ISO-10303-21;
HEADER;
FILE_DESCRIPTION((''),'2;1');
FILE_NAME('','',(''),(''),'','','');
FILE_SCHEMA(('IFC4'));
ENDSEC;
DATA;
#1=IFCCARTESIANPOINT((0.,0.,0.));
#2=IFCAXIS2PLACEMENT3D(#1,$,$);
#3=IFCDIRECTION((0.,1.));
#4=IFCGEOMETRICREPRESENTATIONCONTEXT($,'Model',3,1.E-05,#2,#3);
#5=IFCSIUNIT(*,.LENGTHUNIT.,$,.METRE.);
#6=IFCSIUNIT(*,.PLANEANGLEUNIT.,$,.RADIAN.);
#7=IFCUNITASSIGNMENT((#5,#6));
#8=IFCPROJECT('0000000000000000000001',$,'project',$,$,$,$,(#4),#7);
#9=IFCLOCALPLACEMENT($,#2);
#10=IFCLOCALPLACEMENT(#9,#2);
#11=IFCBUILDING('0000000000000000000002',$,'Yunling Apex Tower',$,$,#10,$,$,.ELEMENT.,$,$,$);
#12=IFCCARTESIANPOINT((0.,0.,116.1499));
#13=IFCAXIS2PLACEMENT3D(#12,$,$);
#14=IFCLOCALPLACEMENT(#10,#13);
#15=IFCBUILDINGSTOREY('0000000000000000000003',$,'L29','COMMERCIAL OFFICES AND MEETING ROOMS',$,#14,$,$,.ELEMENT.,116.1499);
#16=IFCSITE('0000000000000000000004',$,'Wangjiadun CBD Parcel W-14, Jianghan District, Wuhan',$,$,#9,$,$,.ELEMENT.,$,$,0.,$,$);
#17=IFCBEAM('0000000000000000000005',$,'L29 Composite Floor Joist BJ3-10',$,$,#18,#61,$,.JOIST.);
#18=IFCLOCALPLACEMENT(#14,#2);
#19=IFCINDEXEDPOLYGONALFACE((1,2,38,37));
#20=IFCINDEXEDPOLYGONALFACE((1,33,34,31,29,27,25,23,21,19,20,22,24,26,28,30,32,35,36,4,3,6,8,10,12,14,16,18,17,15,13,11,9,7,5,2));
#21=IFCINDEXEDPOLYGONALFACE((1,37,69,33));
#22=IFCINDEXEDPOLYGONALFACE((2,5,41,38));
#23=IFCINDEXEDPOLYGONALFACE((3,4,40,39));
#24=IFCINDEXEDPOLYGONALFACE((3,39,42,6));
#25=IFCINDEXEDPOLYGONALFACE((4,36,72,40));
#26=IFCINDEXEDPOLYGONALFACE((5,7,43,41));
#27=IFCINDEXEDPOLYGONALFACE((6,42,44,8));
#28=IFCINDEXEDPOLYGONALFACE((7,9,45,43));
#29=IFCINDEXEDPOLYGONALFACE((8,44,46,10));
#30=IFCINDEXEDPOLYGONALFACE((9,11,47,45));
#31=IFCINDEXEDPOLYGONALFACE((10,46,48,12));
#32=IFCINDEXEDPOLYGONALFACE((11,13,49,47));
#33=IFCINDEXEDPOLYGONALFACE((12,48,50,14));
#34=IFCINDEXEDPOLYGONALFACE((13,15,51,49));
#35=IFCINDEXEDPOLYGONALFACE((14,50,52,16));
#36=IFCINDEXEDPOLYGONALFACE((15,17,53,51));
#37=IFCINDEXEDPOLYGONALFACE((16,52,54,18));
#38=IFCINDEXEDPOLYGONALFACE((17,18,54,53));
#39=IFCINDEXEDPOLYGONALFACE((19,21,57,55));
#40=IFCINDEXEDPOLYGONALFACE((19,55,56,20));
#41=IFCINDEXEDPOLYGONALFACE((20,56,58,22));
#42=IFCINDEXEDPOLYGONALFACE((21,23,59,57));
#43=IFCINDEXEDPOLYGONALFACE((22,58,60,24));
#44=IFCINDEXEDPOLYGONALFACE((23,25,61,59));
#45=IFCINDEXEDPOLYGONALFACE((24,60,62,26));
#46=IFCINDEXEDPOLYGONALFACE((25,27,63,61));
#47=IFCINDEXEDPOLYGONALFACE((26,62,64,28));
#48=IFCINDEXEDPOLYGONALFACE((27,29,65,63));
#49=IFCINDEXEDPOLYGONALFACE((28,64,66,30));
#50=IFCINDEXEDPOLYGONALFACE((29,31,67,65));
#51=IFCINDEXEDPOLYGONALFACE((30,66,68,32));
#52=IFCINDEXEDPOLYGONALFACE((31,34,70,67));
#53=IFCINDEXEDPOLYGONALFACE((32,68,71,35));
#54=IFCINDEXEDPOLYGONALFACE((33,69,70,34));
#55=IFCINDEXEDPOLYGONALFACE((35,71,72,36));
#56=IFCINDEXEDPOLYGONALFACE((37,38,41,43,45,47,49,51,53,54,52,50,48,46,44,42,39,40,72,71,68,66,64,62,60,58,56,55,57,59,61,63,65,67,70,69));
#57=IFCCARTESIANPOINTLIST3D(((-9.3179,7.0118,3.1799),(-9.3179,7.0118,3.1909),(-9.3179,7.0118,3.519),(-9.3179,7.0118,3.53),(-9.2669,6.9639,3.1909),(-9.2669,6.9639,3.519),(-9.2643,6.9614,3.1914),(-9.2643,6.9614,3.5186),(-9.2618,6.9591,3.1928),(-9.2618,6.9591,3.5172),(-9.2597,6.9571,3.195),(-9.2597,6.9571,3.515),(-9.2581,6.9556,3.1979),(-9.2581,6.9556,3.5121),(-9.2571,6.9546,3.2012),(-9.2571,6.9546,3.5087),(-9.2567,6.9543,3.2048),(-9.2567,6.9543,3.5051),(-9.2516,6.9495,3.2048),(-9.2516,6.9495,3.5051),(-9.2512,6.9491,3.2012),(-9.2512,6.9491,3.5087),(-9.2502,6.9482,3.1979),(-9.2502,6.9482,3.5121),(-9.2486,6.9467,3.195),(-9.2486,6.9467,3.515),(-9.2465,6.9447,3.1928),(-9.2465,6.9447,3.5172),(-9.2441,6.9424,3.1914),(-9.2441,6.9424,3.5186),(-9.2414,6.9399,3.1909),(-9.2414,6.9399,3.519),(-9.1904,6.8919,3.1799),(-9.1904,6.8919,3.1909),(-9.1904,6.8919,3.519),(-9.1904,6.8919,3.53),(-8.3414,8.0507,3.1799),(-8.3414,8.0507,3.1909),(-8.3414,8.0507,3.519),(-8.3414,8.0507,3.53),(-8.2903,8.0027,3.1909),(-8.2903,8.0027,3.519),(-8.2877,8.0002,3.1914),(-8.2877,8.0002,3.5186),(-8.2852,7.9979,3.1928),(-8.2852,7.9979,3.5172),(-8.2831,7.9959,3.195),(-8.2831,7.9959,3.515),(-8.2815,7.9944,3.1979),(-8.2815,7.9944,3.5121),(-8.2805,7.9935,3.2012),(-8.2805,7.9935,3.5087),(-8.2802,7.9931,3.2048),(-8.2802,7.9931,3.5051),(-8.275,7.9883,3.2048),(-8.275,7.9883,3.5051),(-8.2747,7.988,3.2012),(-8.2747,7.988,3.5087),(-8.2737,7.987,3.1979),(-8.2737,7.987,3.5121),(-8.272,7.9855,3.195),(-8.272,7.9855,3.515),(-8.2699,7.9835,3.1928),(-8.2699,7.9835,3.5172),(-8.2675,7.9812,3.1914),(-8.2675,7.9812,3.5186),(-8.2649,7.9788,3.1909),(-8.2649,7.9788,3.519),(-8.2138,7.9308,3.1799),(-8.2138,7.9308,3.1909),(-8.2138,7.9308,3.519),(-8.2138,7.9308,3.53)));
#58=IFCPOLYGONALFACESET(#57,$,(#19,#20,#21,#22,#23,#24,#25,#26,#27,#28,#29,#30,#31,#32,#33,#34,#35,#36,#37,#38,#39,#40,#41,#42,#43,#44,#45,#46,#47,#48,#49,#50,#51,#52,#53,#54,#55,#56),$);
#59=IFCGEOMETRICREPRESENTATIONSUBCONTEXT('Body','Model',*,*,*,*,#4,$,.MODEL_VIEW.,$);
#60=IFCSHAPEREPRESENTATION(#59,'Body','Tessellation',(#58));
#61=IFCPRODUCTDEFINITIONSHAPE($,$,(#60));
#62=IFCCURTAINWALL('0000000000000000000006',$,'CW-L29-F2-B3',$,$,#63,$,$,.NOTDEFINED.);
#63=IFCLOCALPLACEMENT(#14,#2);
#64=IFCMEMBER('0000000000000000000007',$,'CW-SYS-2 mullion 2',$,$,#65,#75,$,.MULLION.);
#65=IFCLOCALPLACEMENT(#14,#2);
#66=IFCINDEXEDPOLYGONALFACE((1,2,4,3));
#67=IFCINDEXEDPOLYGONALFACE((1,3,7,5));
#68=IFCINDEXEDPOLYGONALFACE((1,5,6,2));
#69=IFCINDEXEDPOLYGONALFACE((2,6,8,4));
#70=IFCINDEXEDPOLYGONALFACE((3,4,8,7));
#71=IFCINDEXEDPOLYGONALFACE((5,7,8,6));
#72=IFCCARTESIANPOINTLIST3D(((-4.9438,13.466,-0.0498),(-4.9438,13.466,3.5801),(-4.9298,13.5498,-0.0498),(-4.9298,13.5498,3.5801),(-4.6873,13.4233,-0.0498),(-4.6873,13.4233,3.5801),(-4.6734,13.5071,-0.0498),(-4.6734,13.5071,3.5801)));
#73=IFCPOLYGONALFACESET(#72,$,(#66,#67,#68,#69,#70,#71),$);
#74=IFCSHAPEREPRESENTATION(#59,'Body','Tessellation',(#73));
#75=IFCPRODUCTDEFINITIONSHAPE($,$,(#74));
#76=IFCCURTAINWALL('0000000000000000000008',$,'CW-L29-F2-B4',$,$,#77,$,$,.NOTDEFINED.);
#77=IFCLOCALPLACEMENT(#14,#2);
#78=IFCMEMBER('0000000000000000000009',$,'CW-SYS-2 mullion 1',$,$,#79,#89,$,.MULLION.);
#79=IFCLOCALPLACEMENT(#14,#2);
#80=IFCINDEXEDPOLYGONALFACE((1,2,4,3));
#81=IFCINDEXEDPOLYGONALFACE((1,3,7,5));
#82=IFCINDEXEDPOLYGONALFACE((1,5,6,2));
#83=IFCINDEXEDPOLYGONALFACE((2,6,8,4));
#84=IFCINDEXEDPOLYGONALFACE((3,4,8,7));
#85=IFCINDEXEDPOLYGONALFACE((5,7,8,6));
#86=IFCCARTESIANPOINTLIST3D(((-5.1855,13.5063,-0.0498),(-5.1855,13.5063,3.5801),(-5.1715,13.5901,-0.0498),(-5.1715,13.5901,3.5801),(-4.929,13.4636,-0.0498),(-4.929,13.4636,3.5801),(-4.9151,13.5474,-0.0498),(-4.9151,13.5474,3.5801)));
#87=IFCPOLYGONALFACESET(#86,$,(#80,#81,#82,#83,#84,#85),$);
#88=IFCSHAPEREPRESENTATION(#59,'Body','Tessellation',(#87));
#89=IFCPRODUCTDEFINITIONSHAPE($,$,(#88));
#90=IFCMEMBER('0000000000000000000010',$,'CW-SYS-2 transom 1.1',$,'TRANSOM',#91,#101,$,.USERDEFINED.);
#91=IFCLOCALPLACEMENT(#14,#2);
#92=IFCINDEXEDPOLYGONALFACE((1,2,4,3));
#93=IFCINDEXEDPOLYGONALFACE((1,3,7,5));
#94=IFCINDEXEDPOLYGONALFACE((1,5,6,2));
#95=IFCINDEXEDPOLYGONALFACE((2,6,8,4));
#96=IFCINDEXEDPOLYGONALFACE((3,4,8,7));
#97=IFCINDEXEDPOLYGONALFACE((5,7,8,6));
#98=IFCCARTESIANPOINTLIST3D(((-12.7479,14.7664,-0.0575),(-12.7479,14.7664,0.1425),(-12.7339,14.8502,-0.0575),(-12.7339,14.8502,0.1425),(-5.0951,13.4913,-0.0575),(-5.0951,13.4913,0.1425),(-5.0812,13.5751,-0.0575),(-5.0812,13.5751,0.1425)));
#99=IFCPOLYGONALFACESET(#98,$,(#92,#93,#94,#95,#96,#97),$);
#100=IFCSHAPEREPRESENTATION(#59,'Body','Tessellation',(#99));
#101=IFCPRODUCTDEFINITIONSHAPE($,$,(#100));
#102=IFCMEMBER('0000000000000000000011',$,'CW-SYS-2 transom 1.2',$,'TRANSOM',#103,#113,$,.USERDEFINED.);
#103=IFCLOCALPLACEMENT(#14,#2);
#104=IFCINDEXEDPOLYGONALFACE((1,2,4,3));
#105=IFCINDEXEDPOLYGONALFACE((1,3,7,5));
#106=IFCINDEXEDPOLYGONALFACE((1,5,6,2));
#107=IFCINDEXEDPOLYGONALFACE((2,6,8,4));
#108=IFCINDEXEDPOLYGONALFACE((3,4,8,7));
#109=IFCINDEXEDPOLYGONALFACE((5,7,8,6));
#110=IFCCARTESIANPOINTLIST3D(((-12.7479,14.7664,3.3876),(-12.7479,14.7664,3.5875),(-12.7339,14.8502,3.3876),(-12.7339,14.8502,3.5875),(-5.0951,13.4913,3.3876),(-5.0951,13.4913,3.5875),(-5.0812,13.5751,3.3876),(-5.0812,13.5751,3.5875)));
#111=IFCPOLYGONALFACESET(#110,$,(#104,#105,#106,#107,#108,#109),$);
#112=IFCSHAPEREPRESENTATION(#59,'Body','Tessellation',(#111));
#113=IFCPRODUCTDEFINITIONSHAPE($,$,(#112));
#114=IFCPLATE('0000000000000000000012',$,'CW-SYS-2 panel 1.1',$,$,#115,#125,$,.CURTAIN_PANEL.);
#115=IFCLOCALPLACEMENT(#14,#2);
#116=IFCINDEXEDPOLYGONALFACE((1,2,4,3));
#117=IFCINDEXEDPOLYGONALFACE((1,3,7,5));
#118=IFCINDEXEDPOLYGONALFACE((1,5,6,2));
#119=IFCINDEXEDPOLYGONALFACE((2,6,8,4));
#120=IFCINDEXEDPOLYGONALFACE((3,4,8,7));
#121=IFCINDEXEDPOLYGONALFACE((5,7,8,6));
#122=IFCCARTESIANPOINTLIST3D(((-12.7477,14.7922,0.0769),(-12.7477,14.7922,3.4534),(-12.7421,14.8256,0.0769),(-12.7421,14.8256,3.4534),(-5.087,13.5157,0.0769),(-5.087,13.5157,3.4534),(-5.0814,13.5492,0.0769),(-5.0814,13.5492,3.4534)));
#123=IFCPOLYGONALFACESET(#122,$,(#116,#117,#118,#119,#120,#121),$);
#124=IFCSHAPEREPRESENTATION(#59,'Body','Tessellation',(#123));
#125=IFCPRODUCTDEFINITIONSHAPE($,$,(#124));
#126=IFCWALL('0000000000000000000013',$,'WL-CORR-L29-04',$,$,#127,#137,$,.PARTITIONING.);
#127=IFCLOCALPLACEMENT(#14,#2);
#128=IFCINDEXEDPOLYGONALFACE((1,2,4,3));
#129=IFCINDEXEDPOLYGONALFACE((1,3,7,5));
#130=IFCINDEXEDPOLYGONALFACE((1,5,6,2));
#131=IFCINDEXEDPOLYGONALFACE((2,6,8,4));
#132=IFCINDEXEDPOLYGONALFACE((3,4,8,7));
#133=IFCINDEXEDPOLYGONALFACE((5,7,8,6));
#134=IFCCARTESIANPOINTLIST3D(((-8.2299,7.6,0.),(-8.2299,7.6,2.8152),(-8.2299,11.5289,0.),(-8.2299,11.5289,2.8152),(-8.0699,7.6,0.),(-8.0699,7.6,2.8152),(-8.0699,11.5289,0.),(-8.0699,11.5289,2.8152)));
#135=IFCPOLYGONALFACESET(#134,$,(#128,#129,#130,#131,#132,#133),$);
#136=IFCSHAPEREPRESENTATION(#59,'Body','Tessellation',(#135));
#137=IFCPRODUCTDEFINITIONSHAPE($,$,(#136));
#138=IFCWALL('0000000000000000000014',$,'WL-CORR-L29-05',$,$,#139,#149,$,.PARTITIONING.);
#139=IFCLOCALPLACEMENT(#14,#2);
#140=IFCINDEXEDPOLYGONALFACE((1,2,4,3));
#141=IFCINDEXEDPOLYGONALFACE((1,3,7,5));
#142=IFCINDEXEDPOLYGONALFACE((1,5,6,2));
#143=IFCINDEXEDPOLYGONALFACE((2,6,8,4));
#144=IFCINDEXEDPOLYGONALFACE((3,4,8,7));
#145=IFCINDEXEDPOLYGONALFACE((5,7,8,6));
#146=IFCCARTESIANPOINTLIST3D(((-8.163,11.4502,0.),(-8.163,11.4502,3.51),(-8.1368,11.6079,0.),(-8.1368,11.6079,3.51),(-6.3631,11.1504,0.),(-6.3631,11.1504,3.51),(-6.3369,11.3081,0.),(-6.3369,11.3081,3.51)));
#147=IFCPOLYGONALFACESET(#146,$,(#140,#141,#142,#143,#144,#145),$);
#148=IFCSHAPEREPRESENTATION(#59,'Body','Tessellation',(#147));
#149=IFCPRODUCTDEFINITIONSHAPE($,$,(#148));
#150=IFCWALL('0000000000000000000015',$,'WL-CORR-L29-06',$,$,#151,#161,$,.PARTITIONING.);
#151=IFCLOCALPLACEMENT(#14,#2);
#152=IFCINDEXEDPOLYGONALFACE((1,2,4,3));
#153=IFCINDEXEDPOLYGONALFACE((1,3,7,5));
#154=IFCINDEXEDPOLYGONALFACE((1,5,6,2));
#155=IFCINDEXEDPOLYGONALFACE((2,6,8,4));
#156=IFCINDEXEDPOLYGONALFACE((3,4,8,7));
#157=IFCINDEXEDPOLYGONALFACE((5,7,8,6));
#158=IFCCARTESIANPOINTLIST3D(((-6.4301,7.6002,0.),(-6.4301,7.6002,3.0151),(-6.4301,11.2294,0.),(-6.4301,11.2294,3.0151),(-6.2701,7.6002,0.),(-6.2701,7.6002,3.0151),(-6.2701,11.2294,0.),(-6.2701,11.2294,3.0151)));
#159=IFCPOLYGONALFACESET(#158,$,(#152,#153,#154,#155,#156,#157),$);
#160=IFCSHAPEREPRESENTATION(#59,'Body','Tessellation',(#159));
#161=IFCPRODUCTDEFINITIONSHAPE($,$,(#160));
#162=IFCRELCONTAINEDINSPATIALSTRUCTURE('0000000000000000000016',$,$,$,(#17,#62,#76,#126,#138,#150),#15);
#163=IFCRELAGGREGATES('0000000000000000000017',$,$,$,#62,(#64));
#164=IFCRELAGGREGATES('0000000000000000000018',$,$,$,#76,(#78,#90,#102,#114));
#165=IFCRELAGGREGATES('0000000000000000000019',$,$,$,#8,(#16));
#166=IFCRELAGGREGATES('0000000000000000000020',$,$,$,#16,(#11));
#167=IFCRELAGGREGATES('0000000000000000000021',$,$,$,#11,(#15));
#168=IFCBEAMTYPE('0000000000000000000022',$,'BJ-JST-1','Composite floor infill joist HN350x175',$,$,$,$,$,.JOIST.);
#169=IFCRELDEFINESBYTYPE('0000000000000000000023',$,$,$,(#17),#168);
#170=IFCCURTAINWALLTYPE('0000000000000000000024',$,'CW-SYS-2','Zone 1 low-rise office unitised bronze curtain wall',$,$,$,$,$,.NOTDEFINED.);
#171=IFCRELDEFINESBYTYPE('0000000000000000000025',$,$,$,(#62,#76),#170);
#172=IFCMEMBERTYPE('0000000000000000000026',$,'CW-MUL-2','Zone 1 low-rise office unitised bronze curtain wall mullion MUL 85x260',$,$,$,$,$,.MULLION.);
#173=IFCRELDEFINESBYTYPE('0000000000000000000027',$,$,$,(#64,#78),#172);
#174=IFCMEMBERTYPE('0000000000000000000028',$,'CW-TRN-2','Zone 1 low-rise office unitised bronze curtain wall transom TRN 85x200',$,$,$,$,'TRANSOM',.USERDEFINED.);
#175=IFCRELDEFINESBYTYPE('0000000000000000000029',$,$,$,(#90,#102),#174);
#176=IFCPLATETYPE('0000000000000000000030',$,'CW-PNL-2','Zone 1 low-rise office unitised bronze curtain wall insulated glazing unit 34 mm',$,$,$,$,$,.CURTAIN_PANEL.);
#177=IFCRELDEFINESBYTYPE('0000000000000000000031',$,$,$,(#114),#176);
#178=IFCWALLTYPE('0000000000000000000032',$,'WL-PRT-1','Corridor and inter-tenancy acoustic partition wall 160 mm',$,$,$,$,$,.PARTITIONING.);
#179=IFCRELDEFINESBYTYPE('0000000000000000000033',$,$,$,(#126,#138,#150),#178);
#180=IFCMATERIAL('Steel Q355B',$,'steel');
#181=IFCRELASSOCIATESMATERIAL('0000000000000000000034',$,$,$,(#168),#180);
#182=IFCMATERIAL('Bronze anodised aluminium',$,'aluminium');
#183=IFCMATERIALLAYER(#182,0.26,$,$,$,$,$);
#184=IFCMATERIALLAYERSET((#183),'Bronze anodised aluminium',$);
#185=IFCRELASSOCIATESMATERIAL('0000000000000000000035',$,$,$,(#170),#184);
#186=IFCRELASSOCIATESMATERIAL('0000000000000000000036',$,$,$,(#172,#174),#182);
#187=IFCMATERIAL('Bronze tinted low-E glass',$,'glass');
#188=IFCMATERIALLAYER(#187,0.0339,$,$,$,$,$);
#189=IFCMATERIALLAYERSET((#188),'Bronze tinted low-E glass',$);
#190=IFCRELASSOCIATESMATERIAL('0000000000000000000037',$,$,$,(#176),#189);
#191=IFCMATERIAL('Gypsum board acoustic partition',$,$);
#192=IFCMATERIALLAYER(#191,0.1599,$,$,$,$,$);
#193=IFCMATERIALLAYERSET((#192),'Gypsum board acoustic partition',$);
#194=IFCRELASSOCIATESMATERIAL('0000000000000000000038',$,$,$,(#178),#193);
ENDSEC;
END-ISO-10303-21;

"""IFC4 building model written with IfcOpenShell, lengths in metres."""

from ifc_helpers import new_model, si_unit, direction, frame, frame_2d, origin, origin_2d, place, context, subcontext, project, spatial, rectangle, i_section, extrude, source, transform, mapped, material, layer, layer_set, material_profile, profile_set, type_object, element, aggregate, save


model = new_model("IFC4")

# Units and contexts
model_context = context("Model", 3, precision=1e-05, world=origin(), true_north=direction((0.0, 1.0)))
body_context = subcontext(model_context, "Body", "Model", "MODEL_VIEW")
ifc_project = project(units=[si_unit("LENGTHUNIT", "METRE"), si_unit("PLANEANGLEUNIT", "RADIAN")], contexts=[model_context])

# Site, building, storey
site_placement = place(None, origin())
site = spatial("IfcSite", under=ifc_project, at=site_placement, Name="Wangjiadun CBD Parcel W-14, Jianghan District, Wuhan", CompositionType="ELEMENT", RefElevation=0.0)
building_placement = place(site_placement, origin())
building = spatial("IfcBuilding", under=site, at=building_placement, Name="Yunling Apex Tower", CompositionType="ELEMENT")
storey_placement = place(building_placement, frame((0.0, 0.0, 116.1499)))
storey = spatial("IfcBuildingStorey", under=building, at=storey_placement, Name="L29", Description="COMMERCIAL OFFICES AND MEETING ROOMS", CompositionType="ELEMENT", Elevation=116.1499)

# Beam
ifc_material_1 = material(Name="Steel Q355B", Category="steel")
ifc_material_profile_1 = material_profile(ifc_material_1, i_section(OverallWidth=0.175, OverallDepth=0.3501, WebThickness=0.0071, FlangeThickness=0.011, FilletRadius=0.0139, at=origin_2d()))
ifc_profile_set_1 = profile_set([ifc_material_profile_1], Name="Steel Q355B")
beam_type_1 = type_object("IfcBeamType", Name="BJ-JST-1", Description="Composite floor infill joist HN350x175", PredefinedType="JOIST", material=ifc_profile_set_1)
shared_shape_1 = source(origin(), body_context, "Body", "SweptSolid", [
    extrude(i_section(OverallWidth=0.175, OverallDepth=0.3501, WebThickness=0.0071, FlangeThickness=0.011, FilletRadius=0.0139, at=origin_2d()), origin(), (0.0, 0.0, 1.0), 1.4258),
])
beam_1_placement = place(storey_placement, frame((-8.2776, 7.9907, 3.355), z_axis=(-0.684937, -0.728602, 0.0), x_axis=(0.728602, -0.684937, 0.0)))
element("IfcBeam", 1, at=beam_1_placement, inside=storey, type_object=beam_type_1, Name="L29 Composite Floor Joist BJ3-10", PredefinedType="JOIST", context=body_context, shape_type="MappedRepresentation", body=[
    mapped(shared_shape_1, transform((0.0, 0.0, 0.0), scale=1.0)),
])

# Curtain wall, member
ifc_material_2 = material(Name="Bronze anodised aluminium", Category="aluminium")
ifc_layer_1 = layer(ifc_material_2, 0.26)
ifc_layer_set_1 = layer_set([ifc_layer_1], Name="Bronze anodised aluminium")
curtain_wall_type = type_object("IfcCurtainWallType", Name="CW-SYS-2", Description="Zone 1 low-rise office unitised bronze curtain wall", PredefinedType="NOTDEFINED", material=ifc_layer_set_1)
curtain_wall_1_placement = place(storey_placement, origin())
curtain_wall_1 = element("IfcCurtainWall", 2, at=curtain_wall_1_placement, inside=storey, type_object=curtain_wall_type, Name="CW-L29-F2-B3", PredefinedType="NOTDEFINED")
ifc_material_profile_2 = material_profile(ifc_material_2, rectangle(XDim=0.085, YDim=0.26, at=origin_2d()))
ifc_profile_set_2 = profile_set([ifc_material_profile_2], Name="Bronze anodised aluminium")
member_type_1 = type_object("IfcMemberType", Name="CW-MUL-2", Description="Zone 1 low-rise office unitised bronze curtain wall mullion MUL 85x260", PredefinedType="MULLION", material=ifc_profile_set_2)
shared_shape_2 = source(origin(), body_context, "Body", "SweptSolid", [
    extrude(rectangle(XDim=0.085, YDim=0.26, at=origin_2d()), origin(), (0.0, 0.0, 1.0), 3.6299),
])
member_1_placement = place(storey_placement, frame((-4.8086, 13.4866, -0.0498), z_axis=(0.0, 0.0, 1.0), x_axis=(-0.164362, -0.9864, 0.0)))
member_1 = element("IfcMember", 3, at=member_1_placement, type_object=member_type_1, Name="CW-SYS-2 mullion 2", PredefinedType="MULLION", context=body_context, shape_type="MappedRepresentation", body=[
    mapped(shared_shape_2, transform((0.0, 0.0, 0.0), scale=1.0)),
])
aggregate(curtain_wall_1, [member_1])

# Curtain wall, members, plate
curtain_wall_2_placement = place(storey_placement, origin())
curtain_wall_2 = element("IfcCurtainWall", 4, at=curtain_wall_2_placement, inside=storey, type_object=curtain_wall_type, Name="CW-L29-F2-B4", PredefinedType="NOTDEFINED")
member_2_placement = place(storey_placement, frame((-5.0503, 13.5269, -0.0498), z_axis=(0.0, 0.0, 1.0), x_axis=(-0.16436, -0.9864, 0.0)))
member_2 = element("IfcMember", 5, at=member_2_placement, type_object=member_type_1, Name="CW-SYS-2 mullion 1", PredefinedType="MULLION", context=body_context, shape_type="MappedRepresentation", body=[
    mapped(shared_shape_2, transform((0.0, 0.0, 0.0), scale=1.0)),
])
ifc_material_profile_3 = material_profile(ifc_material_2, rectangle(XDim=0.085, YDim=0.2, at=origin_2d()))
ifc_profile_set_3 = profile_set([ifc_material_profile_3], Name="Bronze anodised aluminium")
member_type_2 = type_object("IfcMemberType", Name="CW-TRN-2", Description="Zone 1 low-rise office unitised bronze curtain wall transom TRN 85x200", ElementType="TRANSOM", PredefinedType="USERDEFINED", material=ifc_profile_set_3)
shared_shape_3 = source(origin(), body_context, "Body", "SweptSolid", [
    extrude(rectangle(XDim=0.085, YDim=0.2, at=origin_2d()), origin(), (0.0, 0.0, 1.0), 7.7583),
])
member_3_placement = place(storey_placement, frame((-5.0881, 13.5332, 0.0425), z_axis=(-0.986401, 0.164358, 0.0), x_axis=(-0.164358, -0.986401, 0.0)))
member_3 = element("IfcMember", 6, at=member_3_placement, type_object=member_type_2, Name="CW-SYS-2 transom 1.1", ObjectType="TRANSOM", PredefinedType="USERDEFINED", context=body_context, shape_type="MappedRepresentation", body=[
    mapped(shared_shape_3, transform((0.0, 0.0, 0.0), scale=1.0)),
])
member_4_placement = place(storey_placement, frame((-5.0881, 13.5332, 3.4875), z_axis=(-0.986401, 0.164358, 0.0), x_axis=(-0.164358, -0.986401, 0.0)))
member_4 = element("IfcMember", 7, at=member_4_placement, type_object=member_type_2, Name="CW-SYS-2 transom 1.2", ObjectType="TRANSOM", PredefinedType="USERDEFINED", context=body_context, shape_type="MappedRepresentation", body=[
    mapped(shared_shape_3, transform((0.0, 0.0, 0.0), scale=1.0)),
])
ifc_material_3 = material(Name="Bronze tinted low-E glass", Category="glass")
ifc_layer_2 = layer(ifc_material_3, 0.0339)
ifc_layer_set_2 = layer_set([ifc_layer_2], Name="Bronze tinted low-E glass")
plate_type = type_object("IfcPlateType", Name="CW-PNL-2", Description="Zone 1 low-rise office unitised bronze curtain wall insulated glazing unit 34 mm", PredefinedType="CURTAIN_PANEL", material=ifc_layer_set_2)
shared_shape_4 = source(origin(), body_context, "Body", "SweptSolid", [
    extrude(rectangle(XDim=7.7664, YDim=0.0339, at=origin_2d()), origin(), (0.0, 0.0, 1.0), 3.3765),
])
plate_placement = place(storey_placement, frame((-8.9146, 14.1707, 0.0769), z_axis=(0.0, 0.0, 1.0), x_axis=(-0.9864, 0.16436, 0.0)))
plate = element("IfcPlate", 8, at=plate_placement, type_object=plate_type, Name="CW-SYS-2 panel 1.1", PredefinedType="CURTAIN_PANEL", context=body_context, shape_type="MappedRepresentation", body=[
    mapped(shared_shape_4, transform((0.0, 0.0, 0.0), scale=1.0)),
])
aggregate(curtain_wall_2, [member_2, member_3, member_4, plate])

# Walls
ifc_material_4 = material(Name="Gypsum board acoustic partition")
ifc_layer_3 = layer(ifc_material_4, 0.1599)
ifc_layer_set_3 = layer_set([ifc_layer_3], Name="Gypsum board acoustic partition")
wall_type_1 = type_object("IfcWallType", Name="WL-PRT-1", Description="Corridor and inter-tenancy acoustic partition wall 160 mm", PredefinedType="PARTITIONING", material=ifc_layer_set_3)
wall_1_placement = place(storey_placement, frame((-8.1499, 7.6001, 0.0), z_axis=(0.0, 0.0, 1.0), x_axis=(0.0, 1.0, 0.0)))
element("IfcWall", 9, at=wall_1_placement, inside=storey, type_object=wall_type_1, Name="WL-CORR-L29-04", PredefinedType="PARTITIONING", context=body_context, shape_type="SweptSolid", body=[
    extrude(rectangle(XDim=3.929, YDim=0.1599, at=frame_2d((1.9644, 0.0))), origin(), (0.0, 0.0, 1.0), 2.8152),
])
wall_2_placement = place(storey_placement, frame((-8.1499, 11.5291, 0.0), z_axis=(0.0, 0.0, 1.0), x_axis=(0.986408, -0.164312, 0.0)))
element("IfcWall", 10, at=wall_2_placement, inside=storey, type_object=wall_type_1, Name="WL-CORR-L29-05", PredefinedType="PARTITIONING", context=body_context, shape_type="SweptSolid", body=[
    extrude(rectangle(XDim=1.8247, YDim=0.1599, at=frame_2d((0.9124, 0.0))), origin(), (0.0, 0.0, 1.0), 3.51),
])
wall_3_placement = place(storey_placement, frame((-6.3501, 11.2292, 0.0), z_axis=(0.0, 0.0, 1.0), x_axis=(0.0, -1.0, 0.0)))
element("IfcWall", 11, at=wall_3_placement, inside=storey, type_object=wall_type_1, Name="WL-CORR-L29-06", PredefinedType="PARTITIONING", context=body_context, shape_type="SweptSolid", body=[
    extrude(rectangle(XDim=3.6292, YDim=0.1599, at=frame_2d((1.8145, 0.0))), origin(), (0.0, 0.0, 1.0), 3.0151),
])

save(model, "model.ifc")
